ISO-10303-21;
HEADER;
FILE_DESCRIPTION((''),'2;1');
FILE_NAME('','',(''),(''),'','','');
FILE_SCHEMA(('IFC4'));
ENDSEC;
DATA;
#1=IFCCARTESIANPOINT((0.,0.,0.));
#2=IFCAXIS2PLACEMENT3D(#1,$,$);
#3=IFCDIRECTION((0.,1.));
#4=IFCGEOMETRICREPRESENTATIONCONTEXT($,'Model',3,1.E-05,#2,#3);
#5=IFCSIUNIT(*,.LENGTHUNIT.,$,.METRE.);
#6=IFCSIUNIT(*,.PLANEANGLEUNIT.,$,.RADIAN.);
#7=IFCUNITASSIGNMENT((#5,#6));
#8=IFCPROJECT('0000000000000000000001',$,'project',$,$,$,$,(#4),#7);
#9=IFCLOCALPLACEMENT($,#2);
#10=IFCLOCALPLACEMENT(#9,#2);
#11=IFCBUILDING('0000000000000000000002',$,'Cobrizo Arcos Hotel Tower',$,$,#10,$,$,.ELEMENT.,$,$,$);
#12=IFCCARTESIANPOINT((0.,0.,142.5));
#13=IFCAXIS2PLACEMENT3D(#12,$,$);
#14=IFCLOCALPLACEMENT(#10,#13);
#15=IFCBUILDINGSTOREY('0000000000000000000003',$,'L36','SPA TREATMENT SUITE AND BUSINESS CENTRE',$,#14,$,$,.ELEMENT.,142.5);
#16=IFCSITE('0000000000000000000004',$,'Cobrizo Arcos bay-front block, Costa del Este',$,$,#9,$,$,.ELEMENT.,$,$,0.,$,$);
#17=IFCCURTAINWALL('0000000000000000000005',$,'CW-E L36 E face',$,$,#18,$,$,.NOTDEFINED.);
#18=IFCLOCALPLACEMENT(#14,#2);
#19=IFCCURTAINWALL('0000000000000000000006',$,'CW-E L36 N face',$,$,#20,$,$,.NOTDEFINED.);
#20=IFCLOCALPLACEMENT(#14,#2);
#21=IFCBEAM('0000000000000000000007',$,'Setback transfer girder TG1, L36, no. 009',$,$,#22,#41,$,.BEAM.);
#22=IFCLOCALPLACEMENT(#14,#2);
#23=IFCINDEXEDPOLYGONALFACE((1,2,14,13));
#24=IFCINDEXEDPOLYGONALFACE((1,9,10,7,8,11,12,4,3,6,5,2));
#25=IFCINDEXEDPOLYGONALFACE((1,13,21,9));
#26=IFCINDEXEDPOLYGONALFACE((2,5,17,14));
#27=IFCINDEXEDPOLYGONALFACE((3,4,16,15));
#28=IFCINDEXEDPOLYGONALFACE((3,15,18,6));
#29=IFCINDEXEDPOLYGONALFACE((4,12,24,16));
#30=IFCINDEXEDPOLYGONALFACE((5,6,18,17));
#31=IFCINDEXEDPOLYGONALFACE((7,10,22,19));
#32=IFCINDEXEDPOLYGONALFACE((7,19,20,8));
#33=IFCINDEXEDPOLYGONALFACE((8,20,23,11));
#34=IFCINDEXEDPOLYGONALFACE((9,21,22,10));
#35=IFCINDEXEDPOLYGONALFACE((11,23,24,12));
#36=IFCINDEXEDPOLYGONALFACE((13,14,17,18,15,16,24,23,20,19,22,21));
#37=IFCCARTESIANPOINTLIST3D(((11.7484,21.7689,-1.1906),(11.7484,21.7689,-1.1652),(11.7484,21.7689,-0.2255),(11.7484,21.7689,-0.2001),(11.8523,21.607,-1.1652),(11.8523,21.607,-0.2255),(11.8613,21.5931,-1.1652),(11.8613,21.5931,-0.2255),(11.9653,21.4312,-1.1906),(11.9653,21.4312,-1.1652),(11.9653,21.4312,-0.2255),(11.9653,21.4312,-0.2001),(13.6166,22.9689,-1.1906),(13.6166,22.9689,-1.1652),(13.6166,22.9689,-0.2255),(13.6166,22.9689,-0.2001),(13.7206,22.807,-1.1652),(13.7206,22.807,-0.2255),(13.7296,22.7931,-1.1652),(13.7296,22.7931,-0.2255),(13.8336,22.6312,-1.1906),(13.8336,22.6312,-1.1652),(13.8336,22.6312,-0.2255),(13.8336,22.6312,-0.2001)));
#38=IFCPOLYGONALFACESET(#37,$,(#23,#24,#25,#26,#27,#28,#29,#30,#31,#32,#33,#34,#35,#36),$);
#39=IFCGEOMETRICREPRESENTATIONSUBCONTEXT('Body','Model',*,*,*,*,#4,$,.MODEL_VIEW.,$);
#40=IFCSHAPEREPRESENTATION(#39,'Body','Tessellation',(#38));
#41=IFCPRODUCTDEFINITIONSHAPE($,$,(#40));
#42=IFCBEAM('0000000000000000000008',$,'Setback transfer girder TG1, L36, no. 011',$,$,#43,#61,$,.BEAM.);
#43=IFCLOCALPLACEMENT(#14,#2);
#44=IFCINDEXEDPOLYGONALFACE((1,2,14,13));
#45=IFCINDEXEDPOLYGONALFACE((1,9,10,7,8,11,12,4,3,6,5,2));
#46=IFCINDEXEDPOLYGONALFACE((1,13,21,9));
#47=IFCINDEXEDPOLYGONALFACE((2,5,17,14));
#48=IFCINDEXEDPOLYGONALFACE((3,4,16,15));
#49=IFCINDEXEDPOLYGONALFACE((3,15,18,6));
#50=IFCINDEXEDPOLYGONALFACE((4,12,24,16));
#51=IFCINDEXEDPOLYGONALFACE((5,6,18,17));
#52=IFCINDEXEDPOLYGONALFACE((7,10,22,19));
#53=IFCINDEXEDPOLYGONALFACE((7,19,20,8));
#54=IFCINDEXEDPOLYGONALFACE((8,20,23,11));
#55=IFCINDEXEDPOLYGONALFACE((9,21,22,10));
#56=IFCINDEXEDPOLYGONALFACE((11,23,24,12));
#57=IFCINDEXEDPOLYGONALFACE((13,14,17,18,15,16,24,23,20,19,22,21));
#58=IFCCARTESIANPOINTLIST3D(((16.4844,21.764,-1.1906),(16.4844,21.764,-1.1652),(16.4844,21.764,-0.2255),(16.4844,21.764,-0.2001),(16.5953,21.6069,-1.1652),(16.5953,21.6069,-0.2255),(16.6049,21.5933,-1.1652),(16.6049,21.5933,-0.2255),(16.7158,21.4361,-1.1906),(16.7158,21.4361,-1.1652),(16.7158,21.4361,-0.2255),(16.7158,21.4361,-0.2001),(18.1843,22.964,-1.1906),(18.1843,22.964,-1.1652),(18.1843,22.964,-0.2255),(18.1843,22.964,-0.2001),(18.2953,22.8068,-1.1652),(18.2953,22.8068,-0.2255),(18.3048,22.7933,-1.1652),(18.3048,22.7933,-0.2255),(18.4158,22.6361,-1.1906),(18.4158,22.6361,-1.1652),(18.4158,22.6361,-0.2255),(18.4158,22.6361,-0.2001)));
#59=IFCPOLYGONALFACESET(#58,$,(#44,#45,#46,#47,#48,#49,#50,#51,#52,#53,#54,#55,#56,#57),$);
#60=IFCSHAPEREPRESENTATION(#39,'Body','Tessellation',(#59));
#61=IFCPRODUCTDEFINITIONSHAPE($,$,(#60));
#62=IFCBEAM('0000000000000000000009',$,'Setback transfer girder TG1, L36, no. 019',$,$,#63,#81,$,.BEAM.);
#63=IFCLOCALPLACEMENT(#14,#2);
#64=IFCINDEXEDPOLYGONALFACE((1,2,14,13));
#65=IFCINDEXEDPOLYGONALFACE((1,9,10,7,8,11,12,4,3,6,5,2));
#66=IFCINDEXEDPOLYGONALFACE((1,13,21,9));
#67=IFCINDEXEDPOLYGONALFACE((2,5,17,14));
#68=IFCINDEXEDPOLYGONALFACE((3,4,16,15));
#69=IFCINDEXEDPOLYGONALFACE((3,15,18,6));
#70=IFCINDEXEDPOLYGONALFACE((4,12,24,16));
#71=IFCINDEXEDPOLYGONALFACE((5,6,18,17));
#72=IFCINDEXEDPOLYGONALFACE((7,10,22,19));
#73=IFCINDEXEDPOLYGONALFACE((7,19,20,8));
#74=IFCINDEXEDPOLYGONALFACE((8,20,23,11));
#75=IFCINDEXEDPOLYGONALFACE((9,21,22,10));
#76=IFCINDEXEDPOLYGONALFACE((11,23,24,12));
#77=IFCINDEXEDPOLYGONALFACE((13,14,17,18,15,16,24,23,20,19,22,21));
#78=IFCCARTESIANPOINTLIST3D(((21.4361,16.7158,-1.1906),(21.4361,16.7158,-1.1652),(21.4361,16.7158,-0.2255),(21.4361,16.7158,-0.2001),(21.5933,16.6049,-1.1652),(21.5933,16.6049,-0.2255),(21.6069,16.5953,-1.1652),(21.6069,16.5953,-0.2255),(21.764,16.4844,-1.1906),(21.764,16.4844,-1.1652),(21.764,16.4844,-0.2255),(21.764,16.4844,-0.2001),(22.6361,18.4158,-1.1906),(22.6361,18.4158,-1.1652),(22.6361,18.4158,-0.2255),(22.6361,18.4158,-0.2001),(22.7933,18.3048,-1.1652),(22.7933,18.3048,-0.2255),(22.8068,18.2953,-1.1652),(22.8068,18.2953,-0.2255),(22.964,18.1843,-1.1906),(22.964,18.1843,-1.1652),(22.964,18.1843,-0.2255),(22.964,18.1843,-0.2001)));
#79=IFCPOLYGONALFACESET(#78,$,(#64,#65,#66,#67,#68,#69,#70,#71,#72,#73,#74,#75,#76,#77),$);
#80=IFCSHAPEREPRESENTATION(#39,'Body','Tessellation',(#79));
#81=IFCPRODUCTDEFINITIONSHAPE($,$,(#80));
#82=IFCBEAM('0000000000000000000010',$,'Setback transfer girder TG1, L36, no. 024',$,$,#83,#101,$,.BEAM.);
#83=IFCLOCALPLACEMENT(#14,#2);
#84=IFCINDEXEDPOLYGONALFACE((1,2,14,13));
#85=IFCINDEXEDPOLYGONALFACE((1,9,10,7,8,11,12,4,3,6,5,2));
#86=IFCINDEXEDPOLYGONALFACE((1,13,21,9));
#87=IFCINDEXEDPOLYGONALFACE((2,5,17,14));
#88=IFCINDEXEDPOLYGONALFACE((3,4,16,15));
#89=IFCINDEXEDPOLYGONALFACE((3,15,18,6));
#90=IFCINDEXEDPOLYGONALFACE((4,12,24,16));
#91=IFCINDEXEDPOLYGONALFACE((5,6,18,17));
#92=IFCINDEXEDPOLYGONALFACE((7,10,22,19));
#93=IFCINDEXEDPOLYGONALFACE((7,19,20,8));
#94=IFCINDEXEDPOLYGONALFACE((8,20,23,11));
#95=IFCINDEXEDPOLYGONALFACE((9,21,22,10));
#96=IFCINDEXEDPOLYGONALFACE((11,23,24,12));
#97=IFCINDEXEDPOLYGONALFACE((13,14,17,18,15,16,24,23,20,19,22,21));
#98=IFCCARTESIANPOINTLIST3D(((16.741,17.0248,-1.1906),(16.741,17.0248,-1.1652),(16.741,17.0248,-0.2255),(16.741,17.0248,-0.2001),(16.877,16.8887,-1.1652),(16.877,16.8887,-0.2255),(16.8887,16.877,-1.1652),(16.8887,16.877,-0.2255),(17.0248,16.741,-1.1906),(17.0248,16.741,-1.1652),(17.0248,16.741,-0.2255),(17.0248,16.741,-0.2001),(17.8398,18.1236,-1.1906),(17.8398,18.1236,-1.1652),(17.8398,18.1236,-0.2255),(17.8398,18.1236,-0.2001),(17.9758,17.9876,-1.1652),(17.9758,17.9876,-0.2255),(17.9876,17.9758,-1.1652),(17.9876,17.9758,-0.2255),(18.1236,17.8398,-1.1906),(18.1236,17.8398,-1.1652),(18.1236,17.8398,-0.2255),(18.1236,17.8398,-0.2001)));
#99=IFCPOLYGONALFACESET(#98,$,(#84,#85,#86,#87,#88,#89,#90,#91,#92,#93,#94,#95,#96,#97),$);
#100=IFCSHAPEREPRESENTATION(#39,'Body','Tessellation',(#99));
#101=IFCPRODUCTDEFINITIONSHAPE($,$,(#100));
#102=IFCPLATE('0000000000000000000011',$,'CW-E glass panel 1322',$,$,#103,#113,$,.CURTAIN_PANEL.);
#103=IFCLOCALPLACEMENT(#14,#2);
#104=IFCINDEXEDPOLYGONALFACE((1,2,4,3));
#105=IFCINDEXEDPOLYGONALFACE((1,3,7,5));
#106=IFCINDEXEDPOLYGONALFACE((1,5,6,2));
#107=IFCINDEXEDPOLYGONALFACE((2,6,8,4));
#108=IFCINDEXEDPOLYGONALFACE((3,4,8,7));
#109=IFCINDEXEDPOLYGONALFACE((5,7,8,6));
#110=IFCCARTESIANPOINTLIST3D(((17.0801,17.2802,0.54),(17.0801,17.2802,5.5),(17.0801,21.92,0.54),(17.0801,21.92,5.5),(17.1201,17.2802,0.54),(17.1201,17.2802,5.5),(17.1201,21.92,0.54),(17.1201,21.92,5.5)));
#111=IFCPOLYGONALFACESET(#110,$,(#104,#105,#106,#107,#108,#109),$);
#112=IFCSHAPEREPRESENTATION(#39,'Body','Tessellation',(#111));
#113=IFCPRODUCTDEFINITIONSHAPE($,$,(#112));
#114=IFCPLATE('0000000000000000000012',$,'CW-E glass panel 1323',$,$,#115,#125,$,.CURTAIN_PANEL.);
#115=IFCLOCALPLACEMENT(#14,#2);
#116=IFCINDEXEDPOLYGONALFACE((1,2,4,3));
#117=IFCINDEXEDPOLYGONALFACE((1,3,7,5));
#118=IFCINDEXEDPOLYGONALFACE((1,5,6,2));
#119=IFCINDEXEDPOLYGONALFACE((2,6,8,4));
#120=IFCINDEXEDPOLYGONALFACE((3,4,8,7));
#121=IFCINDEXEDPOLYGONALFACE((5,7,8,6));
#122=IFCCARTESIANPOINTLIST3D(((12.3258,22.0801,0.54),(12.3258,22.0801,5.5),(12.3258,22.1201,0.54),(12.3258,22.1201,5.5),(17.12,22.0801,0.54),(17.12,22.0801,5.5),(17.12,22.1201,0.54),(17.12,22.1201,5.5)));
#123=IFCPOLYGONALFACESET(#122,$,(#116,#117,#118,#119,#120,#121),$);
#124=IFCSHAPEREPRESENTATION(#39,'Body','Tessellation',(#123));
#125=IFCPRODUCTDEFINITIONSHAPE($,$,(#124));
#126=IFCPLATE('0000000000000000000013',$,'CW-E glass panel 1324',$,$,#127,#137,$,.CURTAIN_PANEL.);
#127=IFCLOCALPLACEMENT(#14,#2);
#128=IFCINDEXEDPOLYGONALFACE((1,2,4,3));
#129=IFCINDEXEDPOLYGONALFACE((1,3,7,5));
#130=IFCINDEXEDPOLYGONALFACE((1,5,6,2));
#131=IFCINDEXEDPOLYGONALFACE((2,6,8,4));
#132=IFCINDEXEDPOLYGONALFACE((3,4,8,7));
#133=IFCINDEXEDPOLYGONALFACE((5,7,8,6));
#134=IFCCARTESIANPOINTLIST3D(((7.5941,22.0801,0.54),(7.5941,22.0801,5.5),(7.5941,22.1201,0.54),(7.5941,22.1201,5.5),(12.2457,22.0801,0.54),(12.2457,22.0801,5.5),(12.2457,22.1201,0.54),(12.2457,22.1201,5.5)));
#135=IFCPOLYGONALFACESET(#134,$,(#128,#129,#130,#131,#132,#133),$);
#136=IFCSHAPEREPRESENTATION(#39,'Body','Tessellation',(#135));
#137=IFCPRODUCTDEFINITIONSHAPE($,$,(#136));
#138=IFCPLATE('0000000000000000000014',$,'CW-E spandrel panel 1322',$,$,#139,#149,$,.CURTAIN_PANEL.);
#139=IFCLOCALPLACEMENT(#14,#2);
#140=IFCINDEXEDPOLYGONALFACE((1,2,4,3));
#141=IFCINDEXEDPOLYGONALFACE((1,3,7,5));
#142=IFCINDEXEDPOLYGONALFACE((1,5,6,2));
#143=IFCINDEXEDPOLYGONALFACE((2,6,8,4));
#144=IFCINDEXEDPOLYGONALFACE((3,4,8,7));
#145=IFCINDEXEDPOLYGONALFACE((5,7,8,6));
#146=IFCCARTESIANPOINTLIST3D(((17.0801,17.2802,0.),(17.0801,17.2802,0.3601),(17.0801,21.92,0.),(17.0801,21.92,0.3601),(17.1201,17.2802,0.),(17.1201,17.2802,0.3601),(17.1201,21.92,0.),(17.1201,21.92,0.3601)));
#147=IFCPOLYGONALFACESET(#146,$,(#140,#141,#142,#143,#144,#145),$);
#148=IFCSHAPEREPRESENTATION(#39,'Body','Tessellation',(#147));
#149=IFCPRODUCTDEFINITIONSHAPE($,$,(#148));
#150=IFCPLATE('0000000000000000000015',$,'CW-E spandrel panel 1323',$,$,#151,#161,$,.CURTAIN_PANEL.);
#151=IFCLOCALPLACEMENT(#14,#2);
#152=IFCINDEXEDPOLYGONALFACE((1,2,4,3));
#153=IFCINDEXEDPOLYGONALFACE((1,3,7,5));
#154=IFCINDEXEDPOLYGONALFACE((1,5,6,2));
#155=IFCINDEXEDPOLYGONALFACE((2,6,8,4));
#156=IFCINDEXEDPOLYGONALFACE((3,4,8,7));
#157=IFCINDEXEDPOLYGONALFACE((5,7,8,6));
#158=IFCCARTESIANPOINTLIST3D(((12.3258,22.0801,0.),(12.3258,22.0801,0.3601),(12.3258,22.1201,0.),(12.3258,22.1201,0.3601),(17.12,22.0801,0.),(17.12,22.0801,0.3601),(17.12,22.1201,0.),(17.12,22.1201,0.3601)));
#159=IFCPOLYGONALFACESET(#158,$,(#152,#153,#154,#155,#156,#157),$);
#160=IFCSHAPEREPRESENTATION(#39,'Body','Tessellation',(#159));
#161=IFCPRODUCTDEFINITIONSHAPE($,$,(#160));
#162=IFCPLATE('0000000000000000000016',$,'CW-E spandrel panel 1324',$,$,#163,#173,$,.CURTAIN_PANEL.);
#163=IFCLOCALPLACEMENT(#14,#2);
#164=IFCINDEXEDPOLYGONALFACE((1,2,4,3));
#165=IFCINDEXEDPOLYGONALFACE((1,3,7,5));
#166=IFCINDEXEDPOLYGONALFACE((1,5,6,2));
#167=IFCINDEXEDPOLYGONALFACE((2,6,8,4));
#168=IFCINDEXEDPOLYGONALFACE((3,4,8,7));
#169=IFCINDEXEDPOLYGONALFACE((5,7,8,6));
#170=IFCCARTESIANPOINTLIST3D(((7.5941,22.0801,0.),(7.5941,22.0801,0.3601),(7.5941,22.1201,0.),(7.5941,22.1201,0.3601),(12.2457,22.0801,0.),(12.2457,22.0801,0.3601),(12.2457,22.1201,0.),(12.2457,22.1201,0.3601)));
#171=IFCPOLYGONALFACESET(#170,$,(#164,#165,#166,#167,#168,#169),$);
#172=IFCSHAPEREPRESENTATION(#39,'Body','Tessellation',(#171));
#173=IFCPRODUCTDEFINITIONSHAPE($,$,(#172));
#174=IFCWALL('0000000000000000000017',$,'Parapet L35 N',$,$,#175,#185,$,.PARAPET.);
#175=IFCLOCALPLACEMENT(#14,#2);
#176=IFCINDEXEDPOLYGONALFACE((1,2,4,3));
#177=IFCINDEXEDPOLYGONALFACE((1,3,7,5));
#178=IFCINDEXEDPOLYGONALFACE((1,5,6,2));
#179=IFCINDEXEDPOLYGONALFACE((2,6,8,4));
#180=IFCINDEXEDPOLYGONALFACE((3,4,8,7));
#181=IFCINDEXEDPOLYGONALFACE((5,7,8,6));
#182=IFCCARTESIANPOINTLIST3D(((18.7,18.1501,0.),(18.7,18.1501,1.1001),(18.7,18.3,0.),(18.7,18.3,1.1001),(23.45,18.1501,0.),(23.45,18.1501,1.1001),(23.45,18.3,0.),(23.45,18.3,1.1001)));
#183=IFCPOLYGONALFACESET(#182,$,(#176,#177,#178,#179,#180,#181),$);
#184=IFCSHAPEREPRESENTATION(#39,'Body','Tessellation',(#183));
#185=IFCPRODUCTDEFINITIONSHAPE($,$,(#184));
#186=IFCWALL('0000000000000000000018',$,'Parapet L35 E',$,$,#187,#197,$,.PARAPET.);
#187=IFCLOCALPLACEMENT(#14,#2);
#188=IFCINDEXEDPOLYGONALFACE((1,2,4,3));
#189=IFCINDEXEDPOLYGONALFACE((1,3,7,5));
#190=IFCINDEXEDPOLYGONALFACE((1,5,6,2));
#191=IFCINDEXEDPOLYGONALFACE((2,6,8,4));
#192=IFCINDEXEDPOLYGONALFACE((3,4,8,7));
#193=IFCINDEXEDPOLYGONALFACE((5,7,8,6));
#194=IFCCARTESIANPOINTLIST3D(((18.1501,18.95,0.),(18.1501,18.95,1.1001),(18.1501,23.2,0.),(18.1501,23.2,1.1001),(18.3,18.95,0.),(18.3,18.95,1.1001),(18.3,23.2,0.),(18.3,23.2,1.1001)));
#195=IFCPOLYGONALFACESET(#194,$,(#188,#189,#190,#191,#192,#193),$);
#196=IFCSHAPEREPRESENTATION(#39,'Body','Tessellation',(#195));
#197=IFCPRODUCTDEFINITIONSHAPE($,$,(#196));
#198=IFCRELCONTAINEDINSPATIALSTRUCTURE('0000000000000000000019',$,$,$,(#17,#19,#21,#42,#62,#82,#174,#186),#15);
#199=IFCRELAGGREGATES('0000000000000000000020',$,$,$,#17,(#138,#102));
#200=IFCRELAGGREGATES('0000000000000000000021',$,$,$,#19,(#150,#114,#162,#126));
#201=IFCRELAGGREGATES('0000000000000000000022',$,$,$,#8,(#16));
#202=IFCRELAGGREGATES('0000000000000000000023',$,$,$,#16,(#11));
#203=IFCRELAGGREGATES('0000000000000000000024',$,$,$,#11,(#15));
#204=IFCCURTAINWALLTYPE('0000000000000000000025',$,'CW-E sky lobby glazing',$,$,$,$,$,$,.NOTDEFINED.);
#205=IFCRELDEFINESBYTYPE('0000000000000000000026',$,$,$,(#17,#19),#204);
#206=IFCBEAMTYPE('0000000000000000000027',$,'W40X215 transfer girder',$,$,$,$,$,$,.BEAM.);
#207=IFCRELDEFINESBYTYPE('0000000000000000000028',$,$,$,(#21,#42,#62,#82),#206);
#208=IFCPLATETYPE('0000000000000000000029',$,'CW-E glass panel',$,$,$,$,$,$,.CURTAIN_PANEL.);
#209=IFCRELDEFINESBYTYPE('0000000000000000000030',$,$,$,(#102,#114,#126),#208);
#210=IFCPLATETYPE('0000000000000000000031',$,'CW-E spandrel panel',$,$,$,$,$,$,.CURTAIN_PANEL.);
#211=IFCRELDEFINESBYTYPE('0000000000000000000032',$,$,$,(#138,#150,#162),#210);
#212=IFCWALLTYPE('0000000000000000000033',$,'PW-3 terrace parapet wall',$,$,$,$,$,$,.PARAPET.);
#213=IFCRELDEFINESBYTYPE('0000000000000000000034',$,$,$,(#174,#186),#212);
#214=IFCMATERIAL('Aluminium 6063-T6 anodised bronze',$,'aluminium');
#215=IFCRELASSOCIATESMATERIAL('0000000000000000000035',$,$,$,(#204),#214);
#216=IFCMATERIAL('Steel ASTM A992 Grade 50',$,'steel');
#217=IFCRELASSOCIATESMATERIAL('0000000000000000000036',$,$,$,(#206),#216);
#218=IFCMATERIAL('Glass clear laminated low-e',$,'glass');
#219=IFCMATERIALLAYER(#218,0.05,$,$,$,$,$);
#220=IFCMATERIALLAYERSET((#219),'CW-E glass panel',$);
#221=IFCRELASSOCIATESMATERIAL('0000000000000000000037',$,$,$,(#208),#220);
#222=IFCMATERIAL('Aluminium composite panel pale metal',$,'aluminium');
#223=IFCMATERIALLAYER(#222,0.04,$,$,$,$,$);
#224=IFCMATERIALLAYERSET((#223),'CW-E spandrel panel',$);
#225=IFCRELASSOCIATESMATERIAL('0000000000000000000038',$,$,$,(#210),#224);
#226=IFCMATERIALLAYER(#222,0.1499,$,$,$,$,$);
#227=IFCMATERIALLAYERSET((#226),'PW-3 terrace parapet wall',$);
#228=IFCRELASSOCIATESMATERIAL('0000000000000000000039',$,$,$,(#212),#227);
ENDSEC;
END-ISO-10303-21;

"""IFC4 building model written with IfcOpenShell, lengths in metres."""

from ifc_helpers import new_model, si_unit, direction, frame, frame_2d, origin, origin_2d, place, context, subcontext, project, spatial, rectangle, i_section, extrude, material, layer, layer_set, material_profile, profile_set, type_object, element, aggregate, save


model = new_model("IFC4")

# Units and contexts
model_context = context("Model", 3, precision=1e-05, world=origin(), true_north=direction((0.0, 1.0)))
body_context = subcontext(model_context, "Body", "Model", "MODEL_VIEW")
ifc_project = project(units=[si_unit("LENGTHUNIT", "METRE"), si_unit("PLANEANGLEUNIT", "RADIAN")], contexts=[model_context])

# Site, building, storey
site_placement = place(None, origin())
site = spatial("IfcSite", under=ifc_project, at=site_placement, Name="Cobrizo Arcos bay-front block, Costa del Este", CompositionType="ELEMENT", RefElevation=0.0)
building_placement = place(site_placement, origin())
building = spatial("IfcBuilding", under=site, at=building_placement, Name="Cobrizo Arcos Hotel Tower", CompositionType="ELEMENT")
storey_placement = place(building_placement, frame((0.0, 0.0, 142.5)))
storey = spatial("IfcBuildingStorey", under=building, at=storey_placement, Name="L36", Description="SPA TREATMENT SUITE AND BUSINESS CENTRE", CompositionType="ELEMENT", Elevation=142.5)

# Curtain walls
ifc_material_1 = material(Name="Aluminium 6063-T6 anodised bronze", Category="aluminium")
curtain_wall_type = type_object("IfcCurtainWallType", Name="CW-E sky lobby glazing", PredefinedType="NOTDEFINED", material=ifc_material_1)
curtain_wall_1_placement = place(storey_placement, origin())
curtain_wall_1 = element("IfcCurtainWall", 1, at=curtain_wall_1_placement, inside=storey, type_object=curtain_wall_type, Name="CW-E L36 E face", PredefinedType="NOTDEFINED")
curtain_wall_2_placement = place(storey_placement, origin())
curtain_wall_2 = element("IfcCurtainWall", 2, at=curtain_wall_2_placement, inside=storey, type_object=curtain_wall_type, Name="CW-E L36 N face", PredefinedType="NOTDEFINED")

# Beams
ifc_material_2 = material(Name="Steel ASTM A992 Grade 50", Category="steel")
ifc_material_profile_1 = material_profile(ifc_material_2, i_section(OverallWidth=0.4014, OverallDepth=0.9905, WebThickness=0.0166, FlangeThickness=0.0254, at=origin_2d()), Name="W40X215")
ifc_profile_set_1 = profile_set([ifc_material_profile_1], Name="Steel ASTM A992 Grade 50")
beam_type = type_object("IfcBeamType", Name="W40X215 transfer girder", PredefinedType="BEAM", material=ifc_profile_set_1)
beam_1_placement = place(storey_placement, frame((13.7251, 22.8, -0.6953), z_axis=(-0.841386, -0.540435, 0.0), x_axis=(0.540435, -0.841386, 0.0)))
element("IfcBeam", 3, at=beam_1_placement, inside=storey, type_object=beam_type, Name="Setback transfer girder TG1, L36, no. 009", PredefinedType="BEAM", context=body_context, shape_type="SweptSolid", body=[
    extrude(i_section(OverallWidth=0.4014, OverallDepth=0.9905, WebThickness=0.0166, FlangeThickness=0.0254, at=origin_2d()), origin(), (0.0, 0.0, 1.0), 2.2205),
])
for number, where, z_axis, x_axis, name in (
    (4, (18.3, 22.8, -0.6953), (-0.816971, -0.576679, 0.0), (0.576679, -0.816971, 0.0), "Setback transfer girder TG1, L36, no. 011"),
    (5, (22.8, 18.3, -0.6953), (-0.576679, -0.816971, 0.0), (0.816971, -0.576679, 0.0), "Setback transfer girder TG1, L36, no. 019"),
):
    element("IfcBeam", number, at=place(storey_placement, frame(where, z_axis=z_axis, x_axis=x_axis)), inside=storey, type_object=beam_type, Name=name, PredefinedType="BEAM", context=body_context, shape_type="SweptSolid", body=[
        extrude(i_section(OverallWidth=0.4014, OverallDepth=0.9905, WebThickness=0.0166, FlangeThickness=0.0254, at=origin_2d()), origin(), (0.0, 0.0, 1.0), 2.0808),
    ])
beam_2_placement = place(storey_placement, frame((17.9817, 17.9817, -0.6953), z_axis=(-0.707107, -0.707107, 0.0), x_axis=(0.707107, -0.707107, 0.0)))
element("IfcBeam", 6, at=beam_2_placement, inside=storey, type_object=beam_type, Name="Setback transfer girder TG1, L36, no. 024", PredefinedType="BEAM", context=body_context, shape_type="SweptSolid", body=[
    extrude(i_section(OverallWidth=0.4014, OverallDepth=0.9905, WebThickness=0.0166, FlangeThickness=0.0254, at=origin_2d()), origin(), (0.0, 0.0, 1.0), 1.554),
])

# Plates
ifc_material_3 = material(Name="Glass clear laminated low-e", Category="glass")
ifc_layer_1 = layer(ifc_material_3, 0.05)
ifc_layer_set_1 = layer_set([ifc_layer_1], Name="CW-E glass panel")
plate_type_1 = type_object("IfcPlateType", Name="CW-E glass panel", PredefinedType="CURTAIN_PANEL", material=ifc_layer_set_1)
plate_1_placement = place(storey_placement, frame((17.1001, 19.6001, 0.54), z_axis=(0.0, 0.0, 1.0), x_axis=(0.0, 1.0, 0.0)))
plate_1 = element("IfcPlate", 7, at=plate_1_placement, type_object=plate_type_1, Name="CW-E glass panel 1322", PredefinedType="CURTAIN_PANEL", context=body_context, shape_type="SweptSolid", body=[
    extrude(rectangle(XDim=4.6399, YDim=0.04, at=origin_2d()), origin(), (0.0, 0.0, 1.0), 4.96),
])
plate_2_placement = place(storey_placement, frame((14.7229, 22.1001, 0.54), z_axis=(0.0, 0.0, 1.0), x_axis=(-1.0, 0.0, 0.0)))
plate_2 = element("IfcPlate", 8, at=plate_2_placement, type_object=plate_type_1, Name="CW-E glass panel 1323", PredefinedType="CURTAIN_PANEL", context=body_context, shape_type="SweptSolid", body=[
    extrude(rectangle(XDim=4.7942, YDim=0.04, at=origin_2d()), origin(), (0.0, 0.0, 1.0), 4.96),
])
plate_3_placement = place(storey_placement, frame((9.9199, 22.1001, 0.54), z_axis=(0.0, 0.0, 1.0), x_axis=(-1.0, 0.0, 0.0)))
plate_3 = element("IfcPlate", 9, at=plate_3_placement, type_object=plate_type_1, Name="CW-E glass panel 1324", PredefinedType="CURTAIN_PANEL", context=body_context, shape_type="SweptSolid", body=[
    extrude(rectangle(XDim=4.6516, YDim=0.04, at=origin_2d()), origin(), (0.0, 0.0, 1.0), 4.96),
])
ifc_material_4 = material(Name="Aluminium composite panel pale metal", Category="aluminium")
ifc_layer_2 = layer(ifc_material_4, 0.04)
ifc_layer_set_2 = layer_set([ifc_layer_2], Name="CW-E spandrel panel")
plate_type_2 = type_object("IfcPlateType", Name="CW-E spandrel panel", PredefinedType="CURTAIN_PANEL", material=ifc_layer_set_2)
plate_4_placement = place(storey_placement, frame((17.1001, 19.6001, 0.0), z_axis=(0.0, 0.0, 1.0), x_axis=(0.0, 1.0, 0.0)))
plate_4 = element("IfcPlate", 10, at=plate_4_placement, type_object=plate_type_2, Name="CW-E spandrel panel 1322", PredefinedType="CURTAIN_PANEL", context=body_context, shape_type="SweptSolid", body=[
    extrude(rectangle(XDim=4.6399, YDim=0.04, at=origin_2d()), origin(), (0.0, 0.0, 1.0), 0.3601),
])
aggregate(curtain_wall_1, [plate_4, plate_1])
plate_5_placement = place(storey_placement, frame((14.7229, 22.1001, 0.0), z_axis=(0.0, 0.0, 1.0), x_axis=(-1.0, 0.0, 0.0)))
plate_5 = element("IfcPlate", 11, at=plate_5_placement, type_object=plate_type_2, Name="CW-E spandrel panel 1323", PredefinedType="CURTAIN_PANEL", context=body_context, shape_type="SweptSolid", body=[
    extrude(rectangle(XDim=4.7942, YDim=0.04, at=origin_2d()), origin(), (0.0, 0.0, 1.0), 0.3601),
])
plate_6_placement = place(storey_placement, frame((9.9199, 22.1001, 0.0), z_axis=(0.0, 0.0, 1.0), x_axis=(-1.0, 0.0, 0.0)))
plate_6 = element("IfcPlate", 12, at=plate_6_placement, type_object=plate_type_2, Name="CW-E spandrel panel 1324", PredefinedType="CURTAIN_PANEL", context=body_context, shape_type="SweptSolid", body=[
    extrude(rectangle(XDim=4.6516, YDim=0.04, at=origin_2d()), origin(), (0.0, 0.0, 1.0), 0.3601),
])
aggregate(curtain_wall_2, [plate_5, plate_2, plate_6, plate_3])

# Walls
ifc_layer_3 = layer(ifc_material_4, 0.1499)
ifc_layer_set_3 = layer_set([ifc_layer_3], Name="PW-3 terrace parapet wall")
wall_type_1 = type_object("IfcWallType", Name="PW-3 terrace parapet wall", PredefinedType="PARAPET", material=ifc_layer_set_3)
wall_1_placement = place(storey_placement, frame((23.45, 18.2251, 0.0), z_axis=(0.0, 0.0, 1.0), x_axis=(-1.0, 0.0, 0.0)))
element("IfcWall", 13, at=wall_1_placement, inside=storey, type_object=wall_type_1, Name="Parapet L35 N", PredefinedType="PARAPET", context=body_context, shape_type="SweptSolid", body=[
    extrude(rectangle(XDim=4.75, YDim=0.1499, at=frame_2d((2.375, 0.0))), origin(), (0.0, 0.0, 1.0), 1.1001),
])
wall_2_placement = place(storey_placement, frame((18.2251, 18.95, 0.0), z_axis=(0.0, 0.0, 1.0), x_axis=(0.0, 1.0, 0.0)))
element("IfcWall", 14, at=wall_2_placement, inside=storey, type_object=wall_type_1, Name="Parapet L35 E", PredefinedType="PARAPET", context=body_context, shape_type="SweptSolid", body=[
    extrude(rectangle(XDim=4.25, YDim=0.1499, at=frame_2d((2.125, 0.0))), origin(), (0.0, 0.0, 1.0), 1.1001),
])

save(model, "model.ifc")
